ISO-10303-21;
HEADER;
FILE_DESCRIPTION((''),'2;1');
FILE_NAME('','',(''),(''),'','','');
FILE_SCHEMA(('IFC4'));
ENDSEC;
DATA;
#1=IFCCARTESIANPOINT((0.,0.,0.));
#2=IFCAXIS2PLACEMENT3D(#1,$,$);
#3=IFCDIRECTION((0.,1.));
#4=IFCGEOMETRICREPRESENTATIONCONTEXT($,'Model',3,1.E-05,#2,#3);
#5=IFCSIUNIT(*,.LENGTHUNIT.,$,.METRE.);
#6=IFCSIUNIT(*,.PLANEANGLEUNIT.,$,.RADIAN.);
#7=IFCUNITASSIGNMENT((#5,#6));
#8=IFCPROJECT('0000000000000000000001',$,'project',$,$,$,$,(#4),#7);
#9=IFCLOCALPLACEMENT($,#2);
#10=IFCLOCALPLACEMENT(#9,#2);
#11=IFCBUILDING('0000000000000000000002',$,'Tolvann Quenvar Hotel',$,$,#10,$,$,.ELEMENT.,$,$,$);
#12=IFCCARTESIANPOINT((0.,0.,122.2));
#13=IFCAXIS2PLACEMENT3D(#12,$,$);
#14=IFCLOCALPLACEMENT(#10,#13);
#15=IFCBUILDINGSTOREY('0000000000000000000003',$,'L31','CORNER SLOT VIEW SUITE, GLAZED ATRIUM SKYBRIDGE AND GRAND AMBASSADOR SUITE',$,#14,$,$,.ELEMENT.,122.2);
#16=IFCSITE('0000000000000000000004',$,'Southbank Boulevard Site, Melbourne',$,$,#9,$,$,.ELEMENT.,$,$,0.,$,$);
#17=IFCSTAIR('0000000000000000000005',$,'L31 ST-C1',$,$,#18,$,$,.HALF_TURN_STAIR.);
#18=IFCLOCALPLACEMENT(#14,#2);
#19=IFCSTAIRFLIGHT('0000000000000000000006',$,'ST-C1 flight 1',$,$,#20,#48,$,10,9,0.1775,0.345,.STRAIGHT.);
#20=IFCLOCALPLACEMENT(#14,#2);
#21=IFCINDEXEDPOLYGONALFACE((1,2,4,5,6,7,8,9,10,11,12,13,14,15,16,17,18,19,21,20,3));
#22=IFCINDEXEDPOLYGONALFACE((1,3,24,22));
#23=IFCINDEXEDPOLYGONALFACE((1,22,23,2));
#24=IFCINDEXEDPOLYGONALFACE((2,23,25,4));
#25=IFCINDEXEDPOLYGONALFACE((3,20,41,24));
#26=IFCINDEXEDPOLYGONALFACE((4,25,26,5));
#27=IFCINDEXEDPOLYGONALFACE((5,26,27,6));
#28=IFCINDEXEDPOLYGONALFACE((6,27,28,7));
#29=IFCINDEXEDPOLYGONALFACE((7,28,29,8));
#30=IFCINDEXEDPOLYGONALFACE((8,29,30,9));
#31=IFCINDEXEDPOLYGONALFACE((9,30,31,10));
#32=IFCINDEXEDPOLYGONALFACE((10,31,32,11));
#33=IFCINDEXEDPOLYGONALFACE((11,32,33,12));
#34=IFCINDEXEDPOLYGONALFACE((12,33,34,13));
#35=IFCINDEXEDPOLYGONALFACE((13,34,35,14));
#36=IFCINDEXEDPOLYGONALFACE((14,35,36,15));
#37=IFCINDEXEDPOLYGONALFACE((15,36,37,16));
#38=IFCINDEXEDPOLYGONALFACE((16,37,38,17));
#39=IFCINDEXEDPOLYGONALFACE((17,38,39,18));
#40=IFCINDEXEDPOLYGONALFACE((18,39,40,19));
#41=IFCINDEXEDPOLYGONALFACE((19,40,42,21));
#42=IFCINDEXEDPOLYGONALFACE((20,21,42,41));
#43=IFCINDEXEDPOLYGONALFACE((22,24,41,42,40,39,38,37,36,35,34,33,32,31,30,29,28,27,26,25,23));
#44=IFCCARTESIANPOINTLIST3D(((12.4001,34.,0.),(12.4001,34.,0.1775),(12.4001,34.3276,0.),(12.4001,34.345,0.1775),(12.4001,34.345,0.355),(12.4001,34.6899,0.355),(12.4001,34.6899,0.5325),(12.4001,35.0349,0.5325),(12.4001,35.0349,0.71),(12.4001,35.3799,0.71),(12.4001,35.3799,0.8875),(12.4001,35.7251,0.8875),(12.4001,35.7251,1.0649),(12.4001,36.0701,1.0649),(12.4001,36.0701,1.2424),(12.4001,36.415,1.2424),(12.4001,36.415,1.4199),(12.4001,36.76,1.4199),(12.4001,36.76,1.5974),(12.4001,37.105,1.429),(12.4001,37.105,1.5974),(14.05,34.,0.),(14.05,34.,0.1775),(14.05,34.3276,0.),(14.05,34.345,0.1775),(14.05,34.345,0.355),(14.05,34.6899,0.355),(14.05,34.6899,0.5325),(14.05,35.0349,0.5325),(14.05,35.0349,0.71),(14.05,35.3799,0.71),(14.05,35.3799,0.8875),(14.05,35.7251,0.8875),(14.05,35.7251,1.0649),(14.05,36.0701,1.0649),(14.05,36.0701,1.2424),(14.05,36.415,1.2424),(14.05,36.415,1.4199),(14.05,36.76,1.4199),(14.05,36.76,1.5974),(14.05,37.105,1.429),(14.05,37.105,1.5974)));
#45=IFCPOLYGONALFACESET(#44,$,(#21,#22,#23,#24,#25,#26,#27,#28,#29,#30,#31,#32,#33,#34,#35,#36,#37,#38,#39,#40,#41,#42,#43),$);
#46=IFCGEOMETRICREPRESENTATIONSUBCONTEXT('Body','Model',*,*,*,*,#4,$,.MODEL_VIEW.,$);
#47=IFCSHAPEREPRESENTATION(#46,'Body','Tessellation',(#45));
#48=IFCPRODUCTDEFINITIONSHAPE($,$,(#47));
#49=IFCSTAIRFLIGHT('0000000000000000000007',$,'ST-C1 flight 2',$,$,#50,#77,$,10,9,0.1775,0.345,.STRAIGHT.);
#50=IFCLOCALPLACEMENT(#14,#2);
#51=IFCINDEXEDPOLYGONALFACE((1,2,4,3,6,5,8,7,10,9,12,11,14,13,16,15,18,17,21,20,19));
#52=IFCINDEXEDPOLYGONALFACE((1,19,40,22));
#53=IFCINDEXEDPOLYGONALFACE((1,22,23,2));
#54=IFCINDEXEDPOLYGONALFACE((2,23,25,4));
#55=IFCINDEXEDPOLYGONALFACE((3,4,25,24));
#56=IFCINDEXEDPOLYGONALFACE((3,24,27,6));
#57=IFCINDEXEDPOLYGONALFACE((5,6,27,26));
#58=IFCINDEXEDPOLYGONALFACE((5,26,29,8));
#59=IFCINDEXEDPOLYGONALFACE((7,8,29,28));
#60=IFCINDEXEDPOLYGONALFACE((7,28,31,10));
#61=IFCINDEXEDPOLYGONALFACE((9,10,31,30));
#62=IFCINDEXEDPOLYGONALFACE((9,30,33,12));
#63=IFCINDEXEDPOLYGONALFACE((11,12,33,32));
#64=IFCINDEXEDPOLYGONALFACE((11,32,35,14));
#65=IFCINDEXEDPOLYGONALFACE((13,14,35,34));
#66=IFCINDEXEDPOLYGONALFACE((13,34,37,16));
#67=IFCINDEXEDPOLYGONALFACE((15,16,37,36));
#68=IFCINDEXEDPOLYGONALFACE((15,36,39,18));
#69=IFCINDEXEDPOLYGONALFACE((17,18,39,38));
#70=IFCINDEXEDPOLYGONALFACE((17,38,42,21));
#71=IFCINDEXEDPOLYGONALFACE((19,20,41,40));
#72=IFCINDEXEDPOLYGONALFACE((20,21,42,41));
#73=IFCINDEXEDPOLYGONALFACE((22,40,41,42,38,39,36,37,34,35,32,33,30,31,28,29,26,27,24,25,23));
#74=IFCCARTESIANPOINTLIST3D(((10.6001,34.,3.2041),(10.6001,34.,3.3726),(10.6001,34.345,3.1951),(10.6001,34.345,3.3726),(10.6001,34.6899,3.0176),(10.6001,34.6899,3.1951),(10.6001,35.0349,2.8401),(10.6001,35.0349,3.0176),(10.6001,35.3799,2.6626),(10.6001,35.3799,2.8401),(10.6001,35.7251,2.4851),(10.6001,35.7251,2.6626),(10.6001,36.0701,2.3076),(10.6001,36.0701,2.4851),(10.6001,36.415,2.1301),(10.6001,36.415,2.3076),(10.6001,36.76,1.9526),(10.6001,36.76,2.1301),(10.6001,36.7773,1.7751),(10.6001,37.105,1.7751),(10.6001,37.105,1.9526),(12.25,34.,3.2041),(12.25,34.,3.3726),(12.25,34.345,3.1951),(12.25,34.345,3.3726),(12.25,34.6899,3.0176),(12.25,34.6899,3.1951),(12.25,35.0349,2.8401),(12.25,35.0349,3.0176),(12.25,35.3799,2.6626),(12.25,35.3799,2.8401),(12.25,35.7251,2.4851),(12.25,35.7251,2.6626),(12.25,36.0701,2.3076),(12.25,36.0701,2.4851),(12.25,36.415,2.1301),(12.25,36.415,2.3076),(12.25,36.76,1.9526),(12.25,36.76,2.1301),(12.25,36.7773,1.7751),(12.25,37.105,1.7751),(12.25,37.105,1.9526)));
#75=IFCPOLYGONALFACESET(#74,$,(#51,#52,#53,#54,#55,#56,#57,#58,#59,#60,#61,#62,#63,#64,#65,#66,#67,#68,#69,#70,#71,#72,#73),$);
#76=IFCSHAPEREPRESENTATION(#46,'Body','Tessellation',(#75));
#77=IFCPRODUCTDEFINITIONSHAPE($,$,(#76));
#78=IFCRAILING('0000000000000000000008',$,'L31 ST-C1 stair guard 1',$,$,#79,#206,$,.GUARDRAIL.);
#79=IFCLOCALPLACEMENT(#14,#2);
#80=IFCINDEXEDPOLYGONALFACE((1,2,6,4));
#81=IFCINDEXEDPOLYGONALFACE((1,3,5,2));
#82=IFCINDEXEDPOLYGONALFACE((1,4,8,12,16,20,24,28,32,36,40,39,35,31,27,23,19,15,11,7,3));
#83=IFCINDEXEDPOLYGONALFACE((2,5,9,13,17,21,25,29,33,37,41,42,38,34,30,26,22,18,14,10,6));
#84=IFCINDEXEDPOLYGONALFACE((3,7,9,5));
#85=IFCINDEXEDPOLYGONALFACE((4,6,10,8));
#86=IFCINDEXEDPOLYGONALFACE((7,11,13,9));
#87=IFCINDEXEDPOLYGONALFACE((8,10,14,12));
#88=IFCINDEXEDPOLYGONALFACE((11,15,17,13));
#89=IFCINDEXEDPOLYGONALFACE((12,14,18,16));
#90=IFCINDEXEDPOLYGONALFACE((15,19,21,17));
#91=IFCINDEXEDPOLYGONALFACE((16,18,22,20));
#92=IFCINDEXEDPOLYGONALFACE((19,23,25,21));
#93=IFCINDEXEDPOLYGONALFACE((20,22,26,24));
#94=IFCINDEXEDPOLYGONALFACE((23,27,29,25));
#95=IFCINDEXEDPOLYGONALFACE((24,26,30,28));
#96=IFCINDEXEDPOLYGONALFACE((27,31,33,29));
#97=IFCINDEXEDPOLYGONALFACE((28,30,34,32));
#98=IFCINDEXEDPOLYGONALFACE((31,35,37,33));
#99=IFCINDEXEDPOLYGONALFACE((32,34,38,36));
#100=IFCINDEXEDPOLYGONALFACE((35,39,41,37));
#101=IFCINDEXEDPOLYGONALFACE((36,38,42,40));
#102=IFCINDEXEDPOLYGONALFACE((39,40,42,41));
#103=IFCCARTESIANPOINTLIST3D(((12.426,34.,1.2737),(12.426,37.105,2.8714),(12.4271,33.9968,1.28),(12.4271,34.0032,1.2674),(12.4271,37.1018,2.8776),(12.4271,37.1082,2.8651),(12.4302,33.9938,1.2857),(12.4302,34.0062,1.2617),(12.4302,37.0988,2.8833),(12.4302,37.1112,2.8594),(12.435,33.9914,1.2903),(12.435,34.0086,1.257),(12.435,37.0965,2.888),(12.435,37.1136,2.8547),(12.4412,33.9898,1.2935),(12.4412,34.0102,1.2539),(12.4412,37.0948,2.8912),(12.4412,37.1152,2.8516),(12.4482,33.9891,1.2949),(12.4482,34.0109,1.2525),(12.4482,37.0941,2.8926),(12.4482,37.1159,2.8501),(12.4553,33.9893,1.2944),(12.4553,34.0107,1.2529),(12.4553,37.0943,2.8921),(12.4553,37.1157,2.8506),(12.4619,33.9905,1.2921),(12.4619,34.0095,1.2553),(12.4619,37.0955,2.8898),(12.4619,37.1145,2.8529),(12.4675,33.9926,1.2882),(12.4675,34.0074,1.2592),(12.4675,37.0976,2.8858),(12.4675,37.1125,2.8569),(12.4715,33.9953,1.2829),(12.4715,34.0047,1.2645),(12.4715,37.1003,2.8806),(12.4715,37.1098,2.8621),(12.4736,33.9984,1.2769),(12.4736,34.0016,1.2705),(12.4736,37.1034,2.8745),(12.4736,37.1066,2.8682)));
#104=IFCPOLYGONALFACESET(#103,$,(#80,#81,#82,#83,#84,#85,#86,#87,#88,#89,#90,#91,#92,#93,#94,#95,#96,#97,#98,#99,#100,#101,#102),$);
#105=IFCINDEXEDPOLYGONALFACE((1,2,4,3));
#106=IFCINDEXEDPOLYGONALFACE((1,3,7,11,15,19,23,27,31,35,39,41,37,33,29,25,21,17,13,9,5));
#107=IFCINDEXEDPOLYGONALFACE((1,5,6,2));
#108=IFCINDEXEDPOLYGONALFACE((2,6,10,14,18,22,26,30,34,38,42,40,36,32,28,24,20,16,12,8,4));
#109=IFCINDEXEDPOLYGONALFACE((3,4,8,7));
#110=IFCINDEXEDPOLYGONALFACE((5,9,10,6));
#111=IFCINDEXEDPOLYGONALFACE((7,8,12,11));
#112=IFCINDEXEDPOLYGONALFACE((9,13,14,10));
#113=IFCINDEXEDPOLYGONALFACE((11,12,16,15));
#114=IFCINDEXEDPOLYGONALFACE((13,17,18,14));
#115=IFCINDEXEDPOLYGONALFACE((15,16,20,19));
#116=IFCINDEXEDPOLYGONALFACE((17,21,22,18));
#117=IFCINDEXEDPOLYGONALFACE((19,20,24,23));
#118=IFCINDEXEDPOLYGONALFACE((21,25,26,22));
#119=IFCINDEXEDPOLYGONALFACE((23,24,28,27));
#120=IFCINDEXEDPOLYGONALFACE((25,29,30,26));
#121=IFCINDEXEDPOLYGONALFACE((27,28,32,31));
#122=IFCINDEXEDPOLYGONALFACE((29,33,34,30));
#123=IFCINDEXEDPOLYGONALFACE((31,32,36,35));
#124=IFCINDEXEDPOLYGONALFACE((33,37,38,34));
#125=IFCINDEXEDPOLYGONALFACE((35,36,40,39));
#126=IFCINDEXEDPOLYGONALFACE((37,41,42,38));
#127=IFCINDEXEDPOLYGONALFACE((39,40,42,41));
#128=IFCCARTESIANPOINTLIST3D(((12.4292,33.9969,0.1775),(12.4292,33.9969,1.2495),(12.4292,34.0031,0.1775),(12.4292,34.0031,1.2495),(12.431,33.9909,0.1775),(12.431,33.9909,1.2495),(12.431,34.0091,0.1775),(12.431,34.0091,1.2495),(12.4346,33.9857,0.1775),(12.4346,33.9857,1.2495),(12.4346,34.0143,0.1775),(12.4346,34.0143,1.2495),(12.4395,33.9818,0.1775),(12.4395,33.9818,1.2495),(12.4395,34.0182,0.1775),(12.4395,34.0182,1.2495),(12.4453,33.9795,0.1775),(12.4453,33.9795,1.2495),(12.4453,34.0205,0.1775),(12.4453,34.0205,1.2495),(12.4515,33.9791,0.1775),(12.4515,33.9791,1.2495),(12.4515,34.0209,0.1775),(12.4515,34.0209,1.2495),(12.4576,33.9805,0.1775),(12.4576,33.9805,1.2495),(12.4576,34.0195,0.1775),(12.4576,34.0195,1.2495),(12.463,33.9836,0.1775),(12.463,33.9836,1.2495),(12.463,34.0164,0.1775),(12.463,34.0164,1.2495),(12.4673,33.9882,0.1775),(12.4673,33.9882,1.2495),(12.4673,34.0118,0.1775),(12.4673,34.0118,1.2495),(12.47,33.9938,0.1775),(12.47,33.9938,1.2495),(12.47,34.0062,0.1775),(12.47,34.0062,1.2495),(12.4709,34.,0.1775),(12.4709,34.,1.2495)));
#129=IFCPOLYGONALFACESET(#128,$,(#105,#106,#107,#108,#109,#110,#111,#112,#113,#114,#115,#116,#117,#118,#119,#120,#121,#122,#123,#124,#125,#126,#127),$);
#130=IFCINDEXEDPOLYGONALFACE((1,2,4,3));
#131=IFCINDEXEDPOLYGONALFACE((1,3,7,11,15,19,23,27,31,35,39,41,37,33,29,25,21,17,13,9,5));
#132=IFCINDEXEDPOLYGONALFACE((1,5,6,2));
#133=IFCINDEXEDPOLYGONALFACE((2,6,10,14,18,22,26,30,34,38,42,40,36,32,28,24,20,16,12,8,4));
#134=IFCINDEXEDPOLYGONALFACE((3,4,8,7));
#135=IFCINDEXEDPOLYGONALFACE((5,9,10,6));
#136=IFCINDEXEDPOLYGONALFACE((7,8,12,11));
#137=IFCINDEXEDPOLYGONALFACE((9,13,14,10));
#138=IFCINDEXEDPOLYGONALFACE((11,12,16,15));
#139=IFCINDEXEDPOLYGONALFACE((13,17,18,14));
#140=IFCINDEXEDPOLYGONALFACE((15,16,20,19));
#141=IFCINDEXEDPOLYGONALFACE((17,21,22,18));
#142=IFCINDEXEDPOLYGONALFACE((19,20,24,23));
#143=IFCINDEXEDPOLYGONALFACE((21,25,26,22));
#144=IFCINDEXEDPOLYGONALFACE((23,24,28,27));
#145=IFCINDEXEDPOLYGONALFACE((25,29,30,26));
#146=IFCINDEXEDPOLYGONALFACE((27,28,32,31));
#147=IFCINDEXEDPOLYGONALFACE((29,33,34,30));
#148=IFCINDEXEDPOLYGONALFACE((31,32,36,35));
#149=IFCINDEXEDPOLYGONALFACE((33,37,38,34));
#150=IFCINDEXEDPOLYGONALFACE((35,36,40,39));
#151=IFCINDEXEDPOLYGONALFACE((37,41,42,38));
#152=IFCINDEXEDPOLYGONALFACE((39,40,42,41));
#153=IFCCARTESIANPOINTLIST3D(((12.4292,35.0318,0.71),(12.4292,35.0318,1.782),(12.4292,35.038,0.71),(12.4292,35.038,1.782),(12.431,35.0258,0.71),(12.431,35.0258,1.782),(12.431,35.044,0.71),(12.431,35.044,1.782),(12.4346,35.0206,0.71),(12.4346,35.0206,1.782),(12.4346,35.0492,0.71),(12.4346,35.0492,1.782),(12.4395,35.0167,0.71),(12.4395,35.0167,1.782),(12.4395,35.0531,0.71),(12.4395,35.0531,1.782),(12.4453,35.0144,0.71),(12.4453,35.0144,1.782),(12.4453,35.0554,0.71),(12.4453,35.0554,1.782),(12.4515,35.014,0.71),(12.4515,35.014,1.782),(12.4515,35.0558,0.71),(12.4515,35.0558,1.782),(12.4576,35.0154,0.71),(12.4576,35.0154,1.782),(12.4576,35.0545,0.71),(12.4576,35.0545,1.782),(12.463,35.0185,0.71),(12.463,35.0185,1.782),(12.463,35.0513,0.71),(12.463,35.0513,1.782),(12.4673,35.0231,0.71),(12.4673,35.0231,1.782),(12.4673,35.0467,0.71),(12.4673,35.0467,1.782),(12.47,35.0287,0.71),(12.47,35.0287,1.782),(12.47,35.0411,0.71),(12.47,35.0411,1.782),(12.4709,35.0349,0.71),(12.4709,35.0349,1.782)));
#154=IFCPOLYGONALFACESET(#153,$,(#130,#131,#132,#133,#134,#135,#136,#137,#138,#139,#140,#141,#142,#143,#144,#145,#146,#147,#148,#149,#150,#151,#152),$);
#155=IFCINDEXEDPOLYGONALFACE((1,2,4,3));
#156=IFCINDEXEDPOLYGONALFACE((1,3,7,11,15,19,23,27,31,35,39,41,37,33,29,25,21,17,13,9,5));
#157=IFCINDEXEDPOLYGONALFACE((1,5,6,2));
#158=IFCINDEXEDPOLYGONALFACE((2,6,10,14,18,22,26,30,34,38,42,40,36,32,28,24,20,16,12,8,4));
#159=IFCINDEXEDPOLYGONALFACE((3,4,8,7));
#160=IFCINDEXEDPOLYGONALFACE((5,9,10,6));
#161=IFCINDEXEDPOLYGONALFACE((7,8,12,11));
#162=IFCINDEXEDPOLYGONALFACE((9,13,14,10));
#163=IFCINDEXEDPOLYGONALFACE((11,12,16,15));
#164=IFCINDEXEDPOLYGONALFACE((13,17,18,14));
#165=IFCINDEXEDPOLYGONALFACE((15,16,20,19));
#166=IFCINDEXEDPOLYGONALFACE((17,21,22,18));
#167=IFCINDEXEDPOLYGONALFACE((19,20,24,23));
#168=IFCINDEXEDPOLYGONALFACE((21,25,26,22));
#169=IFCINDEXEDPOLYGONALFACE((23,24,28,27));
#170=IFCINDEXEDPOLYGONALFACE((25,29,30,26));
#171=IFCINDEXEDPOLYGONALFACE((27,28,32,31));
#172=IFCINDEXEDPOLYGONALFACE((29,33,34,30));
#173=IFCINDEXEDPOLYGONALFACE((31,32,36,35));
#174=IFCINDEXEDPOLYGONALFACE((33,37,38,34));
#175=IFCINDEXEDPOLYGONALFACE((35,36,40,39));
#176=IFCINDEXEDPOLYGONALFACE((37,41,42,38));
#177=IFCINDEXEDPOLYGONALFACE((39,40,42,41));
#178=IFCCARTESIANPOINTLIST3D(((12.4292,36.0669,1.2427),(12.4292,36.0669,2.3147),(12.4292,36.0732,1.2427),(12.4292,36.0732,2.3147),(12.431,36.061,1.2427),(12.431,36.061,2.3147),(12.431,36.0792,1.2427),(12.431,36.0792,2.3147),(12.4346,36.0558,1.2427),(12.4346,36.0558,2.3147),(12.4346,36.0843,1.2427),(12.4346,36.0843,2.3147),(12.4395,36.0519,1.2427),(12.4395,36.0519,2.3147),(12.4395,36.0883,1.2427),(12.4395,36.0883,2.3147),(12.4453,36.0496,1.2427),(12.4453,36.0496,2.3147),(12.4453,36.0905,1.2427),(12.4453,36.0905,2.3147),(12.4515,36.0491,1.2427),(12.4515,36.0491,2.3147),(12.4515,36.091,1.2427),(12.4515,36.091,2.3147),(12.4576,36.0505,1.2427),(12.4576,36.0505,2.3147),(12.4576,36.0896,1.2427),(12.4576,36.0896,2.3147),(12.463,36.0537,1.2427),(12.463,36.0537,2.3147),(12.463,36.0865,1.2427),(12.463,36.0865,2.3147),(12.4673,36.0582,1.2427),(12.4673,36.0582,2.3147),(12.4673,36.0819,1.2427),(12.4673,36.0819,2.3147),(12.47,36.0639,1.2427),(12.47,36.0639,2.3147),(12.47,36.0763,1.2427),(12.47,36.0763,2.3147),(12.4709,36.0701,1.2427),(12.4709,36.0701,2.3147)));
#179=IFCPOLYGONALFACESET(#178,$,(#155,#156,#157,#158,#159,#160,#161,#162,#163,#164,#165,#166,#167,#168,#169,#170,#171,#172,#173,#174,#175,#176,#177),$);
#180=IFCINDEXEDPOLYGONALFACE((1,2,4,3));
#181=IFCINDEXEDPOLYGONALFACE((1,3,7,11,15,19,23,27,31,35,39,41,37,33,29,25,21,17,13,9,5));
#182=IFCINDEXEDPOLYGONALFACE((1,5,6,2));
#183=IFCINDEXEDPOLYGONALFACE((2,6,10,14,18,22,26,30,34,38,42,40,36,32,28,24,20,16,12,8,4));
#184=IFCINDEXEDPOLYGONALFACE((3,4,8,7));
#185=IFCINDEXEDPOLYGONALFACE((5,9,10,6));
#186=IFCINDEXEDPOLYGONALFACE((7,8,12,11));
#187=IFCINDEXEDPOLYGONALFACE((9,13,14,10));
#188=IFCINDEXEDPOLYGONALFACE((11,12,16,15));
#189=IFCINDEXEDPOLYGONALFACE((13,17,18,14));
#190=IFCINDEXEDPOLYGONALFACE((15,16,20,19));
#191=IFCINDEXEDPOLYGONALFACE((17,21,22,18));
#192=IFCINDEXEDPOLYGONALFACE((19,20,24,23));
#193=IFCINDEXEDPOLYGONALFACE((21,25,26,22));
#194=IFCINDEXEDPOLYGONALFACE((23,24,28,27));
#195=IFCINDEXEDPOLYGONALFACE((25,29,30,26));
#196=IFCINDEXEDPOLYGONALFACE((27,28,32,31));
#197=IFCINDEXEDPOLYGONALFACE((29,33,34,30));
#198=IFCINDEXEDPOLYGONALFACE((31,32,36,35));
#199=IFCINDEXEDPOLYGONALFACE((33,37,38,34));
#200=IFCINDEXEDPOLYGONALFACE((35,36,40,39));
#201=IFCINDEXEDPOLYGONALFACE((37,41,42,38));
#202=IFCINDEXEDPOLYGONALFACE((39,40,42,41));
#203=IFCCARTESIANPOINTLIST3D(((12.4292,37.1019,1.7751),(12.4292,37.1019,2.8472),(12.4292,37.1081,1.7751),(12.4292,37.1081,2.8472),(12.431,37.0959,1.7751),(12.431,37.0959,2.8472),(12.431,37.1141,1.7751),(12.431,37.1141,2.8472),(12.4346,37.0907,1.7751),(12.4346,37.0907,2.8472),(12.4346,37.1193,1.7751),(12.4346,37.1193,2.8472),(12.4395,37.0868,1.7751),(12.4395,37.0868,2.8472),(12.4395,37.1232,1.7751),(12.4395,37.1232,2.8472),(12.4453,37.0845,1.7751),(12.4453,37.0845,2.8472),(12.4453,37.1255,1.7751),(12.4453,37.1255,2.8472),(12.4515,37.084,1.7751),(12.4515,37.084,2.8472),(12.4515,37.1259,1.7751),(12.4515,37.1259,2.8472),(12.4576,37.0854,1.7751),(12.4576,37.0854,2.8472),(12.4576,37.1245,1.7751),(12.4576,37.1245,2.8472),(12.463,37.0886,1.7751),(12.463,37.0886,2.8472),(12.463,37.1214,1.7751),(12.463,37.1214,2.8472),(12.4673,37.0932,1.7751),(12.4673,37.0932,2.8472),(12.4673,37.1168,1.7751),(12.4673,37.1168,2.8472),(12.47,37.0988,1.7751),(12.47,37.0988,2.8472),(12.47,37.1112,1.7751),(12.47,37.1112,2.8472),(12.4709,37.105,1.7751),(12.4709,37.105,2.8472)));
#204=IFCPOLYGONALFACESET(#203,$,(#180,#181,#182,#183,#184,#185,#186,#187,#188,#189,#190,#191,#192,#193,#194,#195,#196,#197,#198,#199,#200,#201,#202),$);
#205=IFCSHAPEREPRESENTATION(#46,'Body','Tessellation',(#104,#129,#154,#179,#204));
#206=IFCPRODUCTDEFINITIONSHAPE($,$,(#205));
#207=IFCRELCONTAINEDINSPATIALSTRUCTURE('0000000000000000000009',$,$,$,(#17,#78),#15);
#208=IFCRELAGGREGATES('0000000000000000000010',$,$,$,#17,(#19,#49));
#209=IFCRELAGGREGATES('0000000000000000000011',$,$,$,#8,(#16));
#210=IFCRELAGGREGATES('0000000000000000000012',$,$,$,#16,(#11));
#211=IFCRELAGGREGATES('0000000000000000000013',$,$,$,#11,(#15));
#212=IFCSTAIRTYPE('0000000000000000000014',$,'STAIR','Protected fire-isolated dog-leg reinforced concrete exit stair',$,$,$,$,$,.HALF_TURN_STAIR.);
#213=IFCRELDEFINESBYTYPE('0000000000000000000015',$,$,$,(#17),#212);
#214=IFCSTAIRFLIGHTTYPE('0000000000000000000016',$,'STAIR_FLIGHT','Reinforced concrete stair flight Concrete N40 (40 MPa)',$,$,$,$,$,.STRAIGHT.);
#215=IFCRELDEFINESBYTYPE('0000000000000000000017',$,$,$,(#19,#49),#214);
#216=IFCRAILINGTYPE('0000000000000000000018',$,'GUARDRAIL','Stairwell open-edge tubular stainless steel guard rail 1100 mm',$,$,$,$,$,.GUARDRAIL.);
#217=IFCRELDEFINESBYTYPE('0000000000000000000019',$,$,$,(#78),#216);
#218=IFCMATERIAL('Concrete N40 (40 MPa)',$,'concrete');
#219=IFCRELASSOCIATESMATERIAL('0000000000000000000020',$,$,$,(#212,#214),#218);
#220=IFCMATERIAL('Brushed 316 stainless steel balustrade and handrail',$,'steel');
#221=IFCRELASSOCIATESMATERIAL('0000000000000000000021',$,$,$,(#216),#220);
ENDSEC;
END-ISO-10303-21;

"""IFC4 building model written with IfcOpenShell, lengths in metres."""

from ifc_helpers import new_model, si_unit, direction, frame, origin, origin_2d, place, context, subcontext, project, spatial, polyline, circle, outline, extrude, material, type_object, element, aggregate, save


model = new_model("IFC4")

# Units and contexts
model_context = context("Model", 3, precision=1e-05, world=origin(), true_north=direction((0.0, 1.0)))
body_context = subcontext(model_context, "Body", "Model", "MODEL_VIEW")
ifc_project = project(units=[si_unit("LENGTHUNIT", "METRE"), si_unit("PLANEANGLEUNIT", "RADIAN")], contexts=[model_context])

# Site, building, storey
site_placement = place(None, origin())
site = spatial("IfcSite", under=ifc_project, at=site_placement, Name="Southbank Boulevard Site, Melbourne", CompositionType="ELEMENT", RefElevation=0.0)
building_placement = place(site_placement, origin())
building = spatial("IfcBuilding", under=site, at=building_placement, Name="Tolvann Quenvar Hotel", CompositionType="ELEMENT")
storey_placement = place(building_placement, frame((0.0, 0.0, 122.2)))
storey = spatial("IfcBuildingStorey", under=building, at=storey_placement, Name="L31", Description="CORNER SLOT VIEW SUITE, GLAZED ATRIUM SKYBRIDGE AND GRAND AMBASSADOR SUITE", CompositionType="ELEMENT", Elevation=122.2)

# Stair, stair flights
ifc_material_1 = material(Name="Concrete N40 (40 MPa)", Category="concrete")
stair_type = type_object("IfcStairType", Name="STAIR", Description="Protected fire-isolated dog-leg reinforced concrete exit stair", PredefinedType="HALF_TURN_STAIR", material=ifc_material_1)
stair_placement = place(storey_placement, origin())
stair = element("IfcStair", 1, at=stair_placement, inside=storey, type_object=stair_type, Name="L31 ST-C1", PredefinedType="HALF_TURN_STAIR")
stair_flight_type = type_object("IfcStairFlightType", Name="STAIR_FLIGHT", Description="Reinforced concrete stair flight Concrete N40 (40 MPa)", PredefinedType="STRAIGHT", material=ifc_material_1)
stair_flight_1_placement = place(storey_placement, frame((13.2251, 34.0, 0.0), z_axis=(0.0, 0.0, 1.0), x_axis=(0.0, 1.0, 0.0)))
stair_flight_1 = element("IfcStairFlight", 2, at=stair_flight_1_placement, type_object=stair_flight_type, Name="ST-C1 flight 1", NumberOfRisers=10, NumberOfTreads=9, PredefinedType="STRAIGHT", RiserHeight=0.1775, TreadLength=0.345, context=body_context, shape_type="SweptSolid", body=[
    extrude(outline(polyline([(0.0, 0.0), (0.0, 0.1775), (0.345, 0.1775), (0.345, 0.355), (0.6899, 0.355), (0.6899, 0.5325), (1.0349, 0.5325), (1.0349, 0.71), (1.3799, 0.71), (1.3799, 0.8875), (1.7251, 0.8875), (1.7251, 1.0649), (2.0701, 1.0649), (2.0701, 1.2424), (2.415, 1.2424), (2.415, 1.4199), (2.76, 1.4199), (2.76, 1.5974), (3.105, 1.5974), (3.105, 1.7749), (3.105, 1.429), (0.3276, 0.0), (0.0, 0.0)])), frame((0.0, 0.825, 0.0), z_axis=(0.0, -1.0, 0.0), x_axis=(1.0, 0.0, 0.0)), (0.0, 0.0, 1.0), 1.6499),
])
stair_flight_2_placement = place(storey_placement, frame((11.425, 37.105, 1.7751), z_axis=(0.0, 0.0, 1.0), x_axis=(0.0, -1.0, 0.0)))
stair_flight_2 = element("IfcStairFlight", 3, at=stair_flight_2_placement, type_object=stair_flight_type, Name="ST-C1 flight 2", NumberOfRisers=10, NumberOfTreads=9, PredefinedType="STRAIGHT", RiserHeight=0.1775, TreadLength=0.345, context=body_context, shape_type="SweptSolid", body=[
    extrude(outline(polyline([(0.0, 0.0), (0.0, 0.1775), (0.345, 0.1775), (0.345, 0.355), (0.6899, 0.355), (0.6899, 0.5325), (1.0349, 0.5325), (1.0349, 0.71), (1.3799, 0.71), (1.3799, 0.8875), (1.7251, 0.8875), (1.7251, 1.0649), (2.0701, 1.0649), (2.0701, 1.2424), (2.415, 1.2424), (2.415, 1.4199), (2.76, 1.4199), (2.76, 1.5974), (3.105, 1.5974), (3.105, 1.7749), (3.105, 1.429), (0.3276, 0.0), (0.0, 0.0)])), frame((0.0, 0.825, 0.0), z_axis=(0.0, -1.0, 0.0), x_axis=(1.0, 0.0, 0.0)), (0.0, 0.0, 1.0), 1.6499),
])
aggregate(stair, [stair_flight_1, stair_flight_2])

# Railing
ifc_material_2 = material(Name="Brushed 316 stainless steel balustrade and handrail", Category="steel")
railing_type_1 = type_object("IfcRailingType", Name="GUARDRAIL", Description="Stairwell open-edge tubular stainless steel guard rail 1100 mm", PredefinedType="GUARDRAIL", material=ifc_material_2)
railing_1_placement = place(storey_placement, frame((12.45, 34.0, 0.1775)))
element("IfcRailing", 4, at=railing_1_placement, inside=storey, type_object=railing_type_1, Name="L31 ST-C1 stair guard 1", PredefinedType="GUARDRAIL", context=body_context, shape_type="SweptSolid", body=[
    extrude(circle(Radius=0.0239, at=origin_2d()), frame((0.0, 0.0, 1.0962), z_axis=(0.0, 0.889194, 0.457531), x_axis=(-1.0, 0.0, 0.0)), (0.0, 0.0, 1.0), 3.4919),
    extrude(circle(Radius=0.021, at=origin_2d()), origin(), (0.0, 0.0, 1.0), 1.072),
    extrude(circle(Radius=0.021, at=origin_2d()), frame((0.0, 1.0349, 0.5325)), (0.0, 0.0, 1.0), 1.072),
    extrude(circle(Radius=0.021, at=origin_2d()), frame((0.0, 2.0701, 1.0652)), (0.0, 0.0, 1.0), 1.072),
    extrude(circle(Radius=0.021, at=origin_2d()), frame((0.0, 3.105, 1.5977)), (0.0, 0.0, 1.0), 1.072),
])

save(model, "model.ifc")
